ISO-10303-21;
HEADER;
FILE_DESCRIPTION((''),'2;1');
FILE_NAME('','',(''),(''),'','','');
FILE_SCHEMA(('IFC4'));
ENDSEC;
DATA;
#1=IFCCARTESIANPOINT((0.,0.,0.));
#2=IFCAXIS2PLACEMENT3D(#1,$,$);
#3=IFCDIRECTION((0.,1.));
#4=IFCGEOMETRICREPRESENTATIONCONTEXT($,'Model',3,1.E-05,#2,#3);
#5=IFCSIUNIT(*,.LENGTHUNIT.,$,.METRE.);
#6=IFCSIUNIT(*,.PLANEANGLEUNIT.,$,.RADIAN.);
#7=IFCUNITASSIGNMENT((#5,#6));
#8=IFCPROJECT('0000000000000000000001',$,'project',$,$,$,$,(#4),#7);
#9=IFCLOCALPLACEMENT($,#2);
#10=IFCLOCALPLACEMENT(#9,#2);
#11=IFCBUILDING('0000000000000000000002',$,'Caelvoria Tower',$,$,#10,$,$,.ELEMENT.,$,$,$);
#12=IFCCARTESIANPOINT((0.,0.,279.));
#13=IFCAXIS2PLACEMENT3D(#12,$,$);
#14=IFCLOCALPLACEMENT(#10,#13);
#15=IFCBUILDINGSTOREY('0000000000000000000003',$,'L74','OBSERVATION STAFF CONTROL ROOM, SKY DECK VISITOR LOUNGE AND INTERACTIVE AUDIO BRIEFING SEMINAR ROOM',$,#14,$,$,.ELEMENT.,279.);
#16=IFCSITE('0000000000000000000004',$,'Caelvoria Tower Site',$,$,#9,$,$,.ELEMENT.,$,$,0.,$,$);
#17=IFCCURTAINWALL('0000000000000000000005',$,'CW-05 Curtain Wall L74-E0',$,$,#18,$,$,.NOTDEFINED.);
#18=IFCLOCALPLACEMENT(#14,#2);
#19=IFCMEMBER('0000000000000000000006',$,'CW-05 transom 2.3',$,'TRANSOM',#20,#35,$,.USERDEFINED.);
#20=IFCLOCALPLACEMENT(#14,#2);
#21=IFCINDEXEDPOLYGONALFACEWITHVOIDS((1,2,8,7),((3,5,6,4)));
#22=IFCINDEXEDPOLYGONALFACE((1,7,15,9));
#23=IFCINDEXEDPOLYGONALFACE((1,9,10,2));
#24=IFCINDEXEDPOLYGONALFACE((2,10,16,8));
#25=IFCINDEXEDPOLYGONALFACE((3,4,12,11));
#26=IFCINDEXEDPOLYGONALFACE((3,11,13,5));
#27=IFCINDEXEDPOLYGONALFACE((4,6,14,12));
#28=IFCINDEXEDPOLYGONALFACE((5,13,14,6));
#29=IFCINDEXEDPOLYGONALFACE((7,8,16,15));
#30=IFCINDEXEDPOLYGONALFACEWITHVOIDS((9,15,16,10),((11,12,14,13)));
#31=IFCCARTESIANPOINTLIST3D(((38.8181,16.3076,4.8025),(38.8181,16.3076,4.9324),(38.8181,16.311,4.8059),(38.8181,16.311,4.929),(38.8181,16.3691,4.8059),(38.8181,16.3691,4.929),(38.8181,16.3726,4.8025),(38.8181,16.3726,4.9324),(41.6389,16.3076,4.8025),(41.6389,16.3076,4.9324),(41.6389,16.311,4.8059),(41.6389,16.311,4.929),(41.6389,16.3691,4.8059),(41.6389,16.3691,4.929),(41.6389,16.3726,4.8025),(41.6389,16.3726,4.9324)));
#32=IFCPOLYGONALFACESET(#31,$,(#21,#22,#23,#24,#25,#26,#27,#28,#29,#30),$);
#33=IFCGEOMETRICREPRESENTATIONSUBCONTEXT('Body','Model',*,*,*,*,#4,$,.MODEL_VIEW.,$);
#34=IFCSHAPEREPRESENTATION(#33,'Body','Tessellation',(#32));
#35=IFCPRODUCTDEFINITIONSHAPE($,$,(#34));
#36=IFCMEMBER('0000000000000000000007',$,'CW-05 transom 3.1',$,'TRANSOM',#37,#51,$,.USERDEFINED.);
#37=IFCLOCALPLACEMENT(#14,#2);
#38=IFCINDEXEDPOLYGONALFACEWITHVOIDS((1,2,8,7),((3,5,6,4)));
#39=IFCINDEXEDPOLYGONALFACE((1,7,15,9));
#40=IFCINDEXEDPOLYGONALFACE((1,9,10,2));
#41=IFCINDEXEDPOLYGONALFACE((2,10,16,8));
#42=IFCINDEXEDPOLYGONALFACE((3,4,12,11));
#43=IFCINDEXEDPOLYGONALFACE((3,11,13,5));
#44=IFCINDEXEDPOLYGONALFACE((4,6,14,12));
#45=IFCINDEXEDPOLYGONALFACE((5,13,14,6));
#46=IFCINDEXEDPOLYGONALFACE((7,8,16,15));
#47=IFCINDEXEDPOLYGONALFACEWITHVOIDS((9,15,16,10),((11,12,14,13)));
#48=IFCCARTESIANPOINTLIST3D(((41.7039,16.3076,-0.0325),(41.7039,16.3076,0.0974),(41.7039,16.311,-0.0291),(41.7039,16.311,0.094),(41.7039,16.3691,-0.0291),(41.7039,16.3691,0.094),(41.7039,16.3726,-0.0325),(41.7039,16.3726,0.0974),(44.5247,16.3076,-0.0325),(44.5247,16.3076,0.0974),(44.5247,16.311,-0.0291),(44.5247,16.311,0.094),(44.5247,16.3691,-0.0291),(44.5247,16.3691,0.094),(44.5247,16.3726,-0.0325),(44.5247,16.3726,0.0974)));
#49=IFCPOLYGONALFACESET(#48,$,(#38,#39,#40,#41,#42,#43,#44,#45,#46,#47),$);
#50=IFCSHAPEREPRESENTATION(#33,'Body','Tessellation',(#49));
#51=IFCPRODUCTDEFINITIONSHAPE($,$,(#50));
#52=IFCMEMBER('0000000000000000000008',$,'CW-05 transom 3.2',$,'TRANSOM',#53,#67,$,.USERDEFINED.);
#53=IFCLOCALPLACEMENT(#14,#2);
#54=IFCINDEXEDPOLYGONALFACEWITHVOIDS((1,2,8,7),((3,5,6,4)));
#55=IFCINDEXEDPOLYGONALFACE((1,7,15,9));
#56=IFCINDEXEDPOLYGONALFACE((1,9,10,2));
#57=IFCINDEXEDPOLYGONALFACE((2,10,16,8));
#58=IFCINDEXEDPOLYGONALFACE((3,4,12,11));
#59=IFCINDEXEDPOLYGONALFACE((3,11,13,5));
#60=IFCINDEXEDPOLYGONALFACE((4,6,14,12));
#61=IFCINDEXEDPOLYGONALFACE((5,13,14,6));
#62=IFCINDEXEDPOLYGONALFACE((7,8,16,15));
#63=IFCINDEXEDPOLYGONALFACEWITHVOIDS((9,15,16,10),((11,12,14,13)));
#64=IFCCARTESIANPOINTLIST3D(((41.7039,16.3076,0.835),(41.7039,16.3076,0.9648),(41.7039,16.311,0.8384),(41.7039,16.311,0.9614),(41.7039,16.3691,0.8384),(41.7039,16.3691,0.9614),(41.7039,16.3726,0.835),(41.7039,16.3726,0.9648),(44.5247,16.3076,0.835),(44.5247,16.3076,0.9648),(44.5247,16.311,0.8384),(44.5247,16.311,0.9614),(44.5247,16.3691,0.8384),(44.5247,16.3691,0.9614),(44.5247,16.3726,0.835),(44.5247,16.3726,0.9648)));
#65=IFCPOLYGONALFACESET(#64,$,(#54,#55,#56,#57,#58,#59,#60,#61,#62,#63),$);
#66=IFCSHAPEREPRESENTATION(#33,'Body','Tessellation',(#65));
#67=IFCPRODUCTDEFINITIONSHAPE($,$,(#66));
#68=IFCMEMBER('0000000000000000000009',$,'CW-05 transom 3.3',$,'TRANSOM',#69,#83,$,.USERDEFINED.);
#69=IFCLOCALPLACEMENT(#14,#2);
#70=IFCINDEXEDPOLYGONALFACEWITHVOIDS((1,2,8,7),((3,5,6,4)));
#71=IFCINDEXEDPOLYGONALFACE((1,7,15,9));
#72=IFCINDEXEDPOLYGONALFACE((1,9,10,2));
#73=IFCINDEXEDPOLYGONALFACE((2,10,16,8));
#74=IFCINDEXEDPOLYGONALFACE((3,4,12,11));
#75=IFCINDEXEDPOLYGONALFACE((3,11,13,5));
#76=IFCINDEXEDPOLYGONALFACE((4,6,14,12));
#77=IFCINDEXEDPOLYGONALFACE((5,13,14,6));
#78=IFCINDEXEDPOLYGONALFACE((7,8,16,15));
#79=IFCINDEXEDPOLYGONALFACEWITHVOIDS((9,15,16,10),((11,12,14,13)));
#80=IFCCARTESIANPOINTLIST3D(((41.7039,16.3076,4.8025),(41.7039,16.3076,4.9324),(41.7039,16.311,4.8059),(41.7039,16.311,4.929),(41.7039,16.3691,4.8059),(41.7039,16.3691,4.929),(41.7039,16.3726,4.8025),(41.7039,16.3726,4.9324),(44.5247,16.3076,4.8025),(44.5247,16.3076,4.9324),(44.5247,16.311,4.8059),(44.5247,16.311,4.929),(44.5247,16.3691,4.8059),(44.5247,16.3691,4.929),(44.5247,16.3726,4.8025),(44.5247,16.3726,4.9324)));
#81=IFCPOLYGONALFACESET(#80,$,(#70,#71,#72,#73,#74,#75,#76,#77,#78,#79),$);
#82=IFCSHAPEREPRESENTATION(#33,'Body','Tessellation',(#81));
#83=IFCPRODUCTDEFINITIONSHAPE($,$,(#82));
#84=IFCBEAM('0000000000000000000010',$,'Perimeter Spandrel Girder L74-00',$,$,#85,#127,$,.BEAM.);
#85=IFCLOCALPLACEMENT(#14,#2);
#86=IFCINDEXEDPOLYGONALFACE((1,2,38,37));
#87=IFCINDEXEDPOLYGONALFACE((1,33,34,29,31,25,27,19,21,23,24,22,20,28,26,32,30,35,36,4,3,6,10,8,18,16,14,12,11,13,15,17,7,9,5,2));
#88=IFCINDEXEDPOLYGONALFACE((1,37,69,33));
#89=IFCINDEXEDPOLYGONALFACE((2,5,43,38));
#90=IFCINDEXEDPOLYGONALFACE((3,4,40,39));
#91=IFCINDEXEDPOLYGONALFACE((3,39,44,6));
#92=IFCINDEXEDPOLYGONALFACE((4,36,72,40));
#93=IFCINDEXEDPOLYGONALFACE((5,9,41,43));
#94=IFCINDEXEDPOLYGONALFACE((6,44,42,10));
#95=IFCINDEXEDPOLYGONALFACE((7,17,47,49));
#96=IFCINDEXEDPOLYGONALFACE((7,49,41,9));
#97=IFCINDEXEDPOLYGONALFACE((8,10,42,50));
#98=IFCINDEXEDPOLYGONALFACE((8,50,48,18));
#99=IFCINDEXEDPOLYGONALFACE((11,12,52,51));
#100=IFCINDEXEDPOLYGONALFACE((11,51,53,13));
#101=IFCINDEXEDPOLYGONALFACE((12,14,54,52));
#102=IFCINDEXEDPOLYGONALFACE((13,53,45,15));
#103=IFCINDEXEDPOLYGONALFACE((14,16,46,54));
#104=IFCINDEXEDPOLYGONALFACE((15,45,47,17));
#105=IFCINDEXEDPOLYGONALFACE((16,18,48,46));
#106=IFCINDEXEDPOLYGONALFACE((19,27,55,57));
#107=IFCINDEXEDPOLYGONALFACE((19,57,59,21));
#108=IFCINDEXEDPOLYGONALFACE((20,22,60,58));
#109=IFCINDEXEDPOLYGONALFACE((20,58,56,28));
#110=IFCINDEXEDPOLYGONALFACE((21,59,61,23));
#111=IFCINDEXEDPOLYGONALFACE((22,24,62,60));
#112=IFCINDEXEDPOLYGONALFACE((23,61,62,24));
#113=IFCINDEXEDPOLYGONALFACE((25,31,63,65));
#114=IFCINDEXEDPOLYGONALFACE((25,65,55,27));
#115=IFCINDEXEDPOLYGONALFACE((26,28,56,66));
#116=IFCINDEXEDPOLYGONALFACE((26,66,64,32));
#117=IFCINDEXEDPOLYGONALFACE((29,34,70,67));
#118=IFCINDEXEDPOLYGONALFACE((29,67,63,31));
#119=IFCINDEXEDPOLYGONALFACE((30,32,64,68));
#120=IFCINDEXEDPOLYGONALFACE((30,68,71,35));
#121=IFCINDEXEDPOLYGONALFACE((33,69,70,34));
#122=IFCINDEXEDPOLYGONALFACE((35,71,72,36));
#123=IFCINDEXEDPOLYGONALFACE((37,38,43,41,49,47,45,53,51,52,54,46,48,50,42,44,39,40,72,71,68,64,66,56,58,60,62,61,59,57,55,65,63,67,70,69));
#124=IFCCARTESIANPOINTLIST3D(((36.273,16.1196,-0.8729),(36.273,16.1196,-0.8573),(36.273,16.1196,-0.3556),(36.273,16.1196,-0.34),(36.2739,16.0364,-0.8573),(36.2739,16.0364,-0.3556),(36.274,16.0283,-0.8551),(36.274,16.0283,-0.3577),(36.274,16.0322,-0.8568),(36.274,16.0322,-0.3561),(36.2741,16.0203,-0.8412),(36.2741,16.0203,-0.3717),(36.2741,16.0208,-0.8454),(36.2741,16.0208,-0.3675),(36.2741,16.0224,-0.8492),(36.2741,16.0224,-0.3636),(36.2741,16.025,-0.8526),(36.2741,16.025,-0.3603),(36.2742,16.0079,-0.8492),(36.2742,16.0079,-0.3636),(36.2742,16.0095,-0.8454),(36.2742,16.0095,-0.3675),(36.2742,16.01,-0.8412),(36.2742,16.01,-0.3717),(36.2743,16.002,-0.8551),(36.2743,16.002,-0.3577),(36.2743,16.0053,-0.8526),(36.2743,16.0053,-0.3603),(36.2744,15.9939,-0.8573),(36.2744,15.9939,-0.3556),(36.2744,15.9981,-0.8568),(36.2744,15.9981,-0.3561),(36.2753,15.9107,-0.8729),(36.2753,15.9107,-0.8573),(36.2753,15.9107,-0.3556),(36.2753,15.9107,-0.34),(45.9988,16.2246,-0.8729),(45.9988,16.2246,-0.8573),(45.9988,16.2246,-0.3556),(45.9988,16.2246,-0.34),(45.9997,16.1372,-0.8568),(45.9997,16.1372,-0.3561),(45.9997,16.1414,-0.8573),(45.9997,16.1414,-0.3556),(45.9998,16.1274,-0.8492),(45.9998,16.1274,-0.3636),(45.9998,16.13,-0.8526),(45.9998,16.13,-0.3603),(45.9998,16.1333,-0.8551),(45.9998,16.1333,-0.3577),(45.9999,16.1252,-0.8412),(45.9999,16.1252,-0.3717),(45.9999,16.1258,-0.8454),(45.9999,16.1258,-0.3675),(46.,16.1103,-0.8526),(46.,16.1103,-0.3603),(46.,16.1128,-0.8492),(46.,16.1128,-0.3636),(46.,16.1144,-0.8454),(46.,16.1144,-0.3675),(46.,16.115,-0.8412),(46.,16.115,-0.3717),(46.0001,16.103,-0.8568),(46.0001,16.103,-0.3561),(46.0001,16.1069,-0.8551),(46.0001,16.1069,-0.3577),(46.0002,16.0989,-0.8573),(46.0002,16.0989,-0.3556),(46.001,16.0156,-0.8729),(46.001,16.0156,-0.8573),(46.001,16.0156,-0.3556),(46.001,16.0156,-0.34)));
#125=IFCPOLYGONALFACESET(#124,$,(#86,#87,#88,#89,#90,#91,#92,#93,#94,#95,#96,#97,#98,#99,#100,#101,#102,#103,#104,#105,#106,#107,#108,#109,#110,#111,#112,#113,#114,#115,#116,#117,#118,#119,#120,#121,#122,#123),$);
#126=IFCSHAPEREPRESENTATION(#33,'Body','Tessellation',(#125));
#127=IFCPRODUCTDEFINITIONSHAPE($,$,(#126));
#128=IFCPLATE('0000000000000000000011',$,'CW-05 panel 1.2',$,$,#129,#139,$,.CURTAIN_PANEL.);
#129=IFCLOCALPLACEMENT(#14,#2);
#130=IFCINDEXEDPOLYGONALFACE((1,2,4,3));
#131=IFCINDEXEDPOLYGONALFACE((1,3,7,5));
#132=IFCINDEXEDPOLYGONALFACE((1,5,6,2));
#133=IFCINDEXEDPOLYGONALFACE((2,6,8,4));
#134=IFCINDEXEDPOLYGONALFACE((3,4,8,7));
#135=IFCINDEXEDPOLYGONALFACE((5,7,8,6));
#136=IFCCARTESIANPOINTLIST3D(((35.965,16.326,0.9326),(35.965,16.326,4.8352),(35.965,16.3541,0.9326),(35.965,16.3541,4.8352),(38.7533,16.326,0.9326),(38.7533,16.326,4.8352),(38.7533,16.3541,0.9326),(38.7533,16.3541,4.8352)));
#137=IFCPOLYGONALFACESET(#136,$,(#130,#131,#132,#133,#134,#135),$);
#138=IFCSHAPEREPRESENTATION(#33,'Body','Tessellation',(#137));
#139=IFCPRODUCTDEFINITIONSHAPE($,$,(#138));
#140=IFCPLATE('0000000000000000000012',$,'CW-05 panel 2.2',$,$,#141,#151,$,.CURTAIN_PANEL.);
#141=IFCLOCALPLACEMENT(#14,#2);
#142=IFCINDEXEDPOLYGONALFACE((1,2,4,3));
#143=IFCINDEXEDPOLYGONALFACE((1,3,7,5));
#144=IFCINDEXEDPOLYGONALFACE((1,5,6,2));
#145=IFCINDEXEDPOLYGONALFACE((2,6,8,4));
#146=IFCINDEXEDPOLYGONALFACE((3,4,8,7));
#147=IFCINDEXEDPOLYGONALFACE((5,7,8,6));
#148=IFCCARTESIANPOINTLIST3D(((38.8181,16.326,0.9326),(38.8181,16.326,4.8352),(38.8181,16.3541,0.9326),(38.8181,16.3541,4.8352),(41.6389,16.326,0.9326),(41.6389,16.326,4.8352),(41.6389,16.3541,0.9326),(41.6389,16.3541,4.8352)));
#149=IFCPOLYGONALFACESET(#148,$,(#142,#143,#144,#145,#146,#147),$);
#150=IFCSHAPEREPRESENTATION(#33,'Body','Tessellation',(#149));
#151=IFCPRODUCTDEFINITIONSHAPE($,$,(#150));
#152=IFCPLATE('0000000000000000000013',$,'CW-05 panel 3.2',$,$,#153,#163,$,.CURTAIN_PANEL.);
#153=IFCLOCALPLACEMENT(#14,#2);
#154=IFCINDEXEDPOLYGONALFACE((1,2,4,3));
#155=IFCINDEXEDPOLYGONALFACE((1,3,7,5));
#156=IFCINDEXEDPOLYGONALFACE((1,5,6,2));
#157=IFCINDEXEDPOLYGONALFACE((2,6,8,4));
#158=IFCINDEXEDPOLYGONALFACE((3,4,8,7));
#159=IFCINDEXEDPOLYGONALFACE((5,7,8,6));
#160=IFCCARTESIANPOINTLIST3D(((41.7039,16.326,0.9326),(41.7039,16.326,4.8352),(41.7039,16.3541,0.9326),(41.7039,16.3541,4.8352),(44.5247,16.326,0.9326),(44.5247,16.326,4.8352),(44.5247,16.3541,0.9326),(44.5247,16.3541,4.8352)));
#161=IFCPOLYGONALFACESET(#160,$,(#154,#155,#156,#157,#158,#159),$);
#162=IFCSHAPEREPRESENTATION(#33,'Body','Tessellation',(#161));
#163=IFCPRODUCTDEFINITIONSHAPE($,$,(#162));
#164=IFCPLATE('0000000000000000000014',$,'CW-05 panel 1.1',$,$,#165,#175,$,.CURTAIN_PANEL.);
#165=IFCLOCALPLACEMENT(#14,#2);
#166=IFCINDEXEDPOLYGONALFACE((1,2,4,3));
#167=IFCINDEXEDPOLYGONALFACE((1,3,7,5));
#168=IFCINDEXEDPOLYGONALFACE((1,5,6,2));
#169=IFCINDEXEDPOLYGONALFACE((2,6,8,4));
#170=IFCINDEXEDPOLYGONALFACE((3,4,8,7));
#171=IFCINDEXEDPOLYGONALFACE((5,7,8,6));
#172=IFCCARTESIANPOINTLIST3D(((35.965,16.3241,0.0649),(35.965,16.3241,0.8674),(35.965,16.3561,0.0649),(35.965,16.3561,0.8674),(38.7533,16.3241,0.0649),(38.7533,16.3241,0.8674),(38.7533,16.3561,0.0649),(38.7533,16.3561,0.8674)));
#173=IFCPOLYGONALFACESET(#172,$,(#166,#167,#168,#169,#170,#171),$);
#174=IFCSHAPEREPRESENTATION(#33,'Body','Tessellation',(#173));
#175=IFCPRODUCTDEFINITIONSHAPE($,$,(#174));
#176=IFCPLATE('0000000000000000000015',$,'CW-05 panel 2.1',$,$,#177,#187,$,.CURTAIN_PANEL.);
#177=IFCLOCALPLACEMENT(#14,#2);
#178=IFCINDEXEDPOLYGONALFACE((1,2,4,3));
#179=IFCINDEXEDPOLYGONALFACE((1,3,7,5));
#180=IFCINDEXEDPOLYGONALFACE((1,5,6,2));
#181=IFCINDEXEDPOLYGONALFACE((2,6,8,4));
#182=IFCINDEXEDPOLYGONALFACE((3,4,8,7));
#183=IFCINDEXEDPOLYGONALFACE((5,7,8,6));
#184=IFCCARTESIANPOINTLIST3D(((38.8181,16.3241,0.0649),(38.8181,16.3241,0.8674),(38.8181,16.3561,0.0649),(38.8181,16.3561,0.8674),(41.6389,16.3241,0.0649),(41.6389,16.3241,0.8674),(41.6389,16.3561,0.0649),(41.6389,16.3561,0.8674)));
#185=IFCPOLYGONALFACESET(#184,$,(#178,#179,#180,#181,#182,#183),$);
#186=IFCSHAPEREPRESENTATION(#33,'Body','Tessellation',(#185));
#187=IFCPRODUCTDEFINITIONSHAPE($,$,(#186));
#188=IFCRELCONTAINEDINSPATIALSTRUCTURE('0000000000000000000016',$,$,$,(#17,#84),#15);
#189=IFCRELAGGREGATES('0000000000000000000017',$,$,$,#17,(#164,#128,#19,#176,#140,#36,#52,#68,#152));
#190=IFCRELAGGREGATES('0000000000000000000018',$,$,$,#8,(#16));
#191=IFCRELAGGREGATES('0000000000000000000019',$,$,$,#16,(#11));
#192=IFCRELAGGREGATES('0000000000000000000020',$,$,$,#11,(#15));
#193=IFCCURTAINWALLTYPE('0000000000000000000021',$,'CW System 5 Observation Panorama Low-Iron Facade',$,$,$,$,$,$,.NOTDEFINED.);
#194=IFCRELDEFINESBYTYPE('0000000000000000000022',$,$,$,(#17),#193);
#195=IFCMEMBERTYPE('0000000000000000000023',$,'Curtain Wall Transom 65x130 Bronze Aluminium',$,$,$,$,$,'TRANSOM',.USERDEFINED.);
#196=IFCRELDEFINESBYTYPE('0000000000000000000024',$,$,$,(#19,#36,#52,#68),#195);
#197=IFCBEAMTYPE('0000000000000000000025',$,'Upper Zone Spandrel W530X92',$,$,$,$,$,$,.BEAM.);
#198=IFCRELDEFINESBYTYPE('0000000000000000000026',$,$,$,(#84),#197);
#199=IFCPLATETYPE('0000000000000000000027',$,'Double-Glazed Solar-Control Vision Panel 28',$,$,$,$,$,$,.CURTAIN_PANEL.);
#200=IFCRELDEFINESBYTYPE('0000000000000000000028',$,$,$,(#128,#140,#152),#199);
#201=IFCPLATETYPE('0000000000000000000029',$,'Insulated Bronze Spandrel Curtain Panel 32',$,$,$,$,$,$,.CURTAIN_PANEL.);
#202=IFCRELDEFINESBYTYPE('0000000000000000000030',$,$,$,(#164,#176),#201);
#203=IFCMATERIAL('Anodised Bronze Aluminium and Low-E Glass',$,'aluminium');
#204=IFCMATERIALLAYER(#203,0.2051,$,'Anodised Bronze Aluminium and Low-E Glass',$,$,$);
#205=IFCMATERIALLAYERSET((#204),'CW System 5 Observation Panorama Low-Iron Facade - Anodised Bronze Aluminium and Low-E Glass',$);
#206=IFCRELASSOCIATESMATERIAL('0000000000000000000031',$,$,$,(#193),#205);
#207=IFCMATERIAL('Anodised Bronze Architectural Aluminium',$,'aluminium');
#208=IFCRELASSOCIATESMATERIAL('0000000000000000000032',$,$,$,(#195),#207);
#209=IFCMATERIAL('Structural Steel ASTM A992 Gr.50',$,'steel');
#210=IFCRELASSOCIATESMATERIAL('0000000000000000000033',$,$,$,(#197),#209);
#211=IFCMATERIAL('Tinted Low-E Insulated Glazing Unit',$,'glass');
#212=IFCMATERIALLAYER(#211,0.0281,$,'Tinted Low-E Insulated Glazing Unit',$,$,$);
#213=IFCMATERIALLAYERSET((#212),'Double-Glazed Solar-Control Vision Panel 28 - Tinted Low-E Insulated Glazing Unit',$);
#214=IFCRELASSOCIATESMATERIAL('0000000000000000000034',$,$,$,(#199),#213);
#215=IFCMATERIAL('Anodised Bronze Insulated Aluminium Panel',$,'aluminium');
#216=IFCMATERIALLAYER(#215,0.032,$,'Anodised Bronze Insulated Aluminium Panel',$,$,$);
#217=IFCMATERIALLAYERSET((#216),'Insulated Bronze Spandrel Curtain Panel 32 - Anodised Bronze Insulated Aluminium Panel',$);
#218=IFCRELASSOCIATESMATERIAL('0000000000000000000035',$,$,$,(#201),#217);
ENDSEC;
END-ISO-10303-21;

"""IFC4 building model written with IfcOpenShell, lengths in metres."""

from ifc_helpers import new_model, si_unit, direction, frame, origin, origin_2d, place, context, subcontext, project, spatial, rectangle, hollow_rectangle, i_section, extrude, material, layer, layer_set, material_profile, profile_set, type_object, element, aggregate, save


model = new_model("IFC4")

# Units and contexts
model_context = context("Model", 3, precision=1e-05, world=origin(), true_north=direction((0.0, 1.0)))
body_context = subcontext(model_context, "Body", "Model", "MODEL_VIEW")
ifc_project = project(units=[si_unit("LENGTHUNIT", "METRE"), si_unit("PLANEANGLEUNIT", "RADIAN")], contexts=[model_context])

# Site, building, storey
site_placement = place(None, origin())
site = spatial("IfcSite", under=ifc_project, at=site_placement, Name="Caelvoria Tower Site", CompositionType="ELEMENT", RefElevation=0.0)
building_placement = place(site_placement, origin())
building = spatial("IfcBuilding", under=site, at=building_placement, Name="Caelvoria Tower", CompositionType="ELEMENT")
storey_placement = place(building_placement, frame((0.0, 0.0, 279.0)))
storey = spatial("IfcBuildingStorey", under=building, at=storey_placement, Name="L74", Description="OBSERVATION STAFF CONTROL ROOM, SKY DECK VISITOR LOUNGE AND INTERACTIVE AUDIO BRIEFING SEMINAR ROOM", CompositionType="ELEMENT", Elevation=279.0)

# Curtain wall
ifc_material_1 = material(Name="Anodised Bronze Aluminium and Low-E Glass", Category="aluminium")
ifc_layer_1 = layer(ifc_material_1, 0.2051, Name="Anodised Bronze Aluminium and Low-E Glass")
ifc_layer_set_1 = layer_set([ifc_layer_1], Name="CW System 5 Observation Panorama Low-Iron Facade - Anodised Bronze Aluminium and Low-E Glass")
curtain_wall_type = type_object("IfcCurtainWallType", Name="CW System 5 Observation Panorama Low-Iron Facade", PredefinedType="NOTDEFINED", material=ifc_layer_set_1)
curtain_wall_1_placement = place(storey_placement, origin())
curtain_wall_1 = element("IfcCurtainWall", 1, at=curtain_wall_1_placement, inside=storey, type_object=curtain_wall_type, Name="CW-05 Curtain Wall L74-E0", PredefinedType="NOTDEFINED")
ifc_material_2 = material(Name="Anodised Bronze Architectural Aluminium", Category="aluminium")

# Members
ifc_material_profile_1 = material_profile(ifc_material_2, hollow_rectangle(XDim=0.0649, YDim=0.1299, WallThickness=0.0034, at=origin_2d()), Name="Anodised Bronze Architectural Aluminium")
ifc_profile_set_1 = profile_set([ifc_material_profile_1], Name="CW_TRAN_65X130 - Anodised Bronze Architectural Aluminium")
member_type_1 = type_object("IfcMemberType", Name="Curtain Wall Transom 65x130 Bronze Aluminium", ElementType="TRANSOM", PredefinedType="USERDEFINED", material=ifc_profile_set_1)
member_1_placement = place(storey_placement, frame((38.8181, 16.3401, 4.8674), z_axis=(1.0, 0.0, 0.0), x_axis=(0.0, 1.0, 0.0)))
member_1 = element("IfcMember", 2, at=member_1_placement, type_object=member_type_1, Name="CW-05 transom 2.3", ObjectType="TRANSOM", PredefinedType="USERDEFINED", context=body_context, shape_type="SweptSolid", body=[
    extrude(hollow_rectangle(XDim=0.0649, YDim=0.1299, WallThickness=0.0034, at=origin_2d()), origin(), (0.0, 0.0, 1.0), 2.8208),
])
member_2_placement = place(storey_placement, frame((41.7039, 16.3401, 0.0325), z_axis=(1.0, 0.0, 0.0), x_axis=(0.0, 1.0, 0.0)))
member_2 = element("IfcMember", 3, at=member_2_placement, type_object=member_type_1, Name="CW-05 transom 3.1", ObjectType="TRANSOM", PredefinedType="USERDEFINED", context=body_context, shape_type="SweptSolid", body=[
    extrude(hollow_rectangle(XDim=0.0649, YDim=0.1299, WallThickness=0.0034, at=origin_2d()), origin(), (0.0, 0.0, 1.0), 2.8208),
])
member_3_placement = place(storey_placement, frame((41.7039, 16.3401, 0.8999), z_axis=(1.0, 0.0, 0.0), x_axis=(0.0, 1.0, 0.0)))
member_3 = element("IfcMember", 4, at=member_3_placement, type_object=member_type_1, Name="CW-05 transom 3.2", ObjectType="TRANSOM", PredefinedType="USERDEFINED", context=body_context, shape_type="SweptSolid", body=[
    extrude(hollow_rectangle(XDim=0.0649, YDim=0.1299, WallThickness=0.0034, at=origin_2d()), origin(), (0.0, 0.0, 1.0), 2.8208),
])
member_4_placement = place(storey_placement, frame((41.7039, 16.3401, 4.8674), z_axis=(1.0, 0.0, 0.0), x_axis=(0.0, 1.0, 0.0)))
member_4 = element("IfcMember", 5, at=member_4_placement, type_object=member_type_1, Name="CW-05 transom 3.3", ObjectType="TRANSOM", PredefinedType="USERDEFINED", context=body_context, shape_type="SweptSolid", body=[
    extrude(hollow_rectangle(XDim=0.0649, YDim=0.1299, WallThickness=0.0034, at=origin_2d()), origin(), (0.0, 0.0, 1.0), 2.8208),
])

# Beam
ifc_material_3 = material(Name="Structural Steel ASTM A992 Gr.50", Category="steel")
ifc_material_profile_2 = material_profile(ifc_material_3, i_section(OverallWidth=0.209, OverallDepth=0.533, WebThickness=0.0103, FlangeThickness=0.0156, FilletRadius=0.0161, at=origin_2d()), Name="Structural Steel ASTM A992 Gr.50")
ifc_profile_set_2 = profile_set([ifc_material_profile_2], Name="W530X92 - Structural Steel ASTM A992 Gr.50")
beam_type = type_object("IfcBeamType", Name="Upper Zone Spandrel W530X92", PredefinedType="BEAM", material=ifc_profile_set_2)
beam_placement = place(storey_placement, frame((36.2742, 16.0151, -0.6064), z_axis=(0.999942, 0.010793, 0.0), x_axis=(-0.010793, 0.999942, 0.0)))
element("IfcBeam", 6, at=beam_placement, inside=storey, type_object=beam_type, Name="Perimeter Spandrel Girder L74-00", PredefinedType="BEAM", context=body_context, shape_type="SweptSolid", body=[
    extrude(i_section(OverallWidth=0.209, OverallDepth=0.533, WebThickness=0.0103, FlangeThickness=0.0156, FilletRadius=0.0161, at=origin_2d()), origin(), (0.0, 0.0, 1.0), 9.7263),
])

# Plates
ifc_material_4 = material(Name="Tinted Low-E Insulated Glazing Unit", Category="glass")
ifc_layer_2 = layer(ifc_material_4, 0.0281, Name="Tinted Low-E Insulated Glazing Unit")
ifc_layer_set_2 = layer_set([ifc_layer_2], Name="Double-Glazed Solar-Control Vision Panel 28 - Tinted Low-E Insulated Glazing Unit")
plate_type_1 = type_object("IfcPlateType", Name="Double-Glazed Solar-Control Vision Panel 28", PredefinedType="CURTAIN_PANEL", material=ifc_layer_set_2)
plate_1_placement = place(storey_placement, frame((37.3591, 16.3401, 0.9326), z_axis=(0.0, 0.0, 1.0), x_axis=(1.0, 0.0, 0.0)))
plate_1 = element("IfcPlate", 7, at=plate_1_placement, type_object=plate_type_1, Name="CW-05 panel 1.2", PredefinedType="CURTAIN_PANEL", context=body_context, shape_type="SweptSolid", body=[
    extrude(rectangle(XDim=2.7883, YDim=0.0281, at=origin_2d()), origin(), (0.0, 0.0, 1.0), 3.9026),
])
plate_2_placement = place(storey_placement, frame((40.2285, 16.3401, 0.9326), z_axis=(0.0, 0.0, 1.0), x_axis=(1.0, 0.0, 0.0)))
plate_2 = element("IfcPlate", 8, at=plate_2_placement, type_object=plate_type_1, Name="CW-05 panel 2.2", PredefinedType="CURTAIN_PANEL", context=body_context, shape_type="SweptSolid", body=[
    extrude(rectangle(XDim=2.8208, YDim=0.0281, at=origin_2d()), origin(), (0.0, 0.0, 1.0), 3.9026),
])
plate_3_placement = place(storey_placement, frame((43.1143, 16.3401, 0.9326), z_axis=(0.0, 0.0, 1.0), x_axis=(1.0, 0.0, 0.0)))
plate_3 = element("IfcPlate", 9, at=plate_3_placement, type_object=plate_type_1, Name="CW-05 panel 3.2", PredefinedType="CURTAIN_PANEL", context=body_context, shape_type="SweptSolid", body=[
    extrude(rectangle(XDim=2.8208, YDim=0.0281, at=origin_2d()), origin(), (0.0, 0.0, 1.0), 3.9026),
])
ifc_material_5 = material(Name="Anodised Bronze Insulated Aluminium Panel", Category="aluminium")
ifc_layer_3 = layer(ifc_material_5, 0.032, Name="Anodised Bronze Insulated Aluminium Panel")
ifc_layer_set_3 = layer_set([ifc_layer_3], Name="Insulated Bronze Spandrel Curtain Panel 32 - Anodised Bronze Insulated Aluminium Panel")
plate_type_2 = type_object("IfcPlateType", Name="Insulated Bronze Spandrel Curtain Panel 32", PredefinedType="CURTAIN_PANEL", material=ifc_layer_set_3)
plate_4_placement = place(storey_placement, frame((37.3591, 16.3401, 0.0649), z_axis=(0.0, 0.0, 1.0), x_axis=(1.0, 0.0, 0.0)))
plate_4 = element("IfcPlate", 10, at=plate_4_placement, type_object=plate_type_2, Name="CW-05 panel 1.1", PredefinedType="CURTAIN_PANEL", context=body_context, shape_type="SweptSolid", body=[
    extrude(rectangle(XDim=2.7883, YDim=0.032, at=origin_2d()), origin(), (0.0, 0.0, 1.0), 0.8025),
])
plate_5_placement = place(storey_placement, frame((40.2285, 16.3401, 0.0649), z_axis=(0.0, 0.0, 1.0), x_axis=(1.0, 0.0, 0.0)))
plate_5 = element("IfcPlate", 11, at=plate_5_placement, type_object=plate_type_2, Name="CW-05 panel 2.1", PredefinedType="CURTAIN_PANEL", context=body_context, shape_type="SweptSolid", body=[
    extrude(rectangle(XDim=2.8208, YDim=0.032, at=origin_2d()), origin(), (0.0, 0.0, 1.0), 0.8025),
])
aggregate(curtain_wall_1, [plate_4, plate_1, member_1, plate_5, plate_2, member_2, member_3, member_4, plate_3])

save(model, "model.ifc")
